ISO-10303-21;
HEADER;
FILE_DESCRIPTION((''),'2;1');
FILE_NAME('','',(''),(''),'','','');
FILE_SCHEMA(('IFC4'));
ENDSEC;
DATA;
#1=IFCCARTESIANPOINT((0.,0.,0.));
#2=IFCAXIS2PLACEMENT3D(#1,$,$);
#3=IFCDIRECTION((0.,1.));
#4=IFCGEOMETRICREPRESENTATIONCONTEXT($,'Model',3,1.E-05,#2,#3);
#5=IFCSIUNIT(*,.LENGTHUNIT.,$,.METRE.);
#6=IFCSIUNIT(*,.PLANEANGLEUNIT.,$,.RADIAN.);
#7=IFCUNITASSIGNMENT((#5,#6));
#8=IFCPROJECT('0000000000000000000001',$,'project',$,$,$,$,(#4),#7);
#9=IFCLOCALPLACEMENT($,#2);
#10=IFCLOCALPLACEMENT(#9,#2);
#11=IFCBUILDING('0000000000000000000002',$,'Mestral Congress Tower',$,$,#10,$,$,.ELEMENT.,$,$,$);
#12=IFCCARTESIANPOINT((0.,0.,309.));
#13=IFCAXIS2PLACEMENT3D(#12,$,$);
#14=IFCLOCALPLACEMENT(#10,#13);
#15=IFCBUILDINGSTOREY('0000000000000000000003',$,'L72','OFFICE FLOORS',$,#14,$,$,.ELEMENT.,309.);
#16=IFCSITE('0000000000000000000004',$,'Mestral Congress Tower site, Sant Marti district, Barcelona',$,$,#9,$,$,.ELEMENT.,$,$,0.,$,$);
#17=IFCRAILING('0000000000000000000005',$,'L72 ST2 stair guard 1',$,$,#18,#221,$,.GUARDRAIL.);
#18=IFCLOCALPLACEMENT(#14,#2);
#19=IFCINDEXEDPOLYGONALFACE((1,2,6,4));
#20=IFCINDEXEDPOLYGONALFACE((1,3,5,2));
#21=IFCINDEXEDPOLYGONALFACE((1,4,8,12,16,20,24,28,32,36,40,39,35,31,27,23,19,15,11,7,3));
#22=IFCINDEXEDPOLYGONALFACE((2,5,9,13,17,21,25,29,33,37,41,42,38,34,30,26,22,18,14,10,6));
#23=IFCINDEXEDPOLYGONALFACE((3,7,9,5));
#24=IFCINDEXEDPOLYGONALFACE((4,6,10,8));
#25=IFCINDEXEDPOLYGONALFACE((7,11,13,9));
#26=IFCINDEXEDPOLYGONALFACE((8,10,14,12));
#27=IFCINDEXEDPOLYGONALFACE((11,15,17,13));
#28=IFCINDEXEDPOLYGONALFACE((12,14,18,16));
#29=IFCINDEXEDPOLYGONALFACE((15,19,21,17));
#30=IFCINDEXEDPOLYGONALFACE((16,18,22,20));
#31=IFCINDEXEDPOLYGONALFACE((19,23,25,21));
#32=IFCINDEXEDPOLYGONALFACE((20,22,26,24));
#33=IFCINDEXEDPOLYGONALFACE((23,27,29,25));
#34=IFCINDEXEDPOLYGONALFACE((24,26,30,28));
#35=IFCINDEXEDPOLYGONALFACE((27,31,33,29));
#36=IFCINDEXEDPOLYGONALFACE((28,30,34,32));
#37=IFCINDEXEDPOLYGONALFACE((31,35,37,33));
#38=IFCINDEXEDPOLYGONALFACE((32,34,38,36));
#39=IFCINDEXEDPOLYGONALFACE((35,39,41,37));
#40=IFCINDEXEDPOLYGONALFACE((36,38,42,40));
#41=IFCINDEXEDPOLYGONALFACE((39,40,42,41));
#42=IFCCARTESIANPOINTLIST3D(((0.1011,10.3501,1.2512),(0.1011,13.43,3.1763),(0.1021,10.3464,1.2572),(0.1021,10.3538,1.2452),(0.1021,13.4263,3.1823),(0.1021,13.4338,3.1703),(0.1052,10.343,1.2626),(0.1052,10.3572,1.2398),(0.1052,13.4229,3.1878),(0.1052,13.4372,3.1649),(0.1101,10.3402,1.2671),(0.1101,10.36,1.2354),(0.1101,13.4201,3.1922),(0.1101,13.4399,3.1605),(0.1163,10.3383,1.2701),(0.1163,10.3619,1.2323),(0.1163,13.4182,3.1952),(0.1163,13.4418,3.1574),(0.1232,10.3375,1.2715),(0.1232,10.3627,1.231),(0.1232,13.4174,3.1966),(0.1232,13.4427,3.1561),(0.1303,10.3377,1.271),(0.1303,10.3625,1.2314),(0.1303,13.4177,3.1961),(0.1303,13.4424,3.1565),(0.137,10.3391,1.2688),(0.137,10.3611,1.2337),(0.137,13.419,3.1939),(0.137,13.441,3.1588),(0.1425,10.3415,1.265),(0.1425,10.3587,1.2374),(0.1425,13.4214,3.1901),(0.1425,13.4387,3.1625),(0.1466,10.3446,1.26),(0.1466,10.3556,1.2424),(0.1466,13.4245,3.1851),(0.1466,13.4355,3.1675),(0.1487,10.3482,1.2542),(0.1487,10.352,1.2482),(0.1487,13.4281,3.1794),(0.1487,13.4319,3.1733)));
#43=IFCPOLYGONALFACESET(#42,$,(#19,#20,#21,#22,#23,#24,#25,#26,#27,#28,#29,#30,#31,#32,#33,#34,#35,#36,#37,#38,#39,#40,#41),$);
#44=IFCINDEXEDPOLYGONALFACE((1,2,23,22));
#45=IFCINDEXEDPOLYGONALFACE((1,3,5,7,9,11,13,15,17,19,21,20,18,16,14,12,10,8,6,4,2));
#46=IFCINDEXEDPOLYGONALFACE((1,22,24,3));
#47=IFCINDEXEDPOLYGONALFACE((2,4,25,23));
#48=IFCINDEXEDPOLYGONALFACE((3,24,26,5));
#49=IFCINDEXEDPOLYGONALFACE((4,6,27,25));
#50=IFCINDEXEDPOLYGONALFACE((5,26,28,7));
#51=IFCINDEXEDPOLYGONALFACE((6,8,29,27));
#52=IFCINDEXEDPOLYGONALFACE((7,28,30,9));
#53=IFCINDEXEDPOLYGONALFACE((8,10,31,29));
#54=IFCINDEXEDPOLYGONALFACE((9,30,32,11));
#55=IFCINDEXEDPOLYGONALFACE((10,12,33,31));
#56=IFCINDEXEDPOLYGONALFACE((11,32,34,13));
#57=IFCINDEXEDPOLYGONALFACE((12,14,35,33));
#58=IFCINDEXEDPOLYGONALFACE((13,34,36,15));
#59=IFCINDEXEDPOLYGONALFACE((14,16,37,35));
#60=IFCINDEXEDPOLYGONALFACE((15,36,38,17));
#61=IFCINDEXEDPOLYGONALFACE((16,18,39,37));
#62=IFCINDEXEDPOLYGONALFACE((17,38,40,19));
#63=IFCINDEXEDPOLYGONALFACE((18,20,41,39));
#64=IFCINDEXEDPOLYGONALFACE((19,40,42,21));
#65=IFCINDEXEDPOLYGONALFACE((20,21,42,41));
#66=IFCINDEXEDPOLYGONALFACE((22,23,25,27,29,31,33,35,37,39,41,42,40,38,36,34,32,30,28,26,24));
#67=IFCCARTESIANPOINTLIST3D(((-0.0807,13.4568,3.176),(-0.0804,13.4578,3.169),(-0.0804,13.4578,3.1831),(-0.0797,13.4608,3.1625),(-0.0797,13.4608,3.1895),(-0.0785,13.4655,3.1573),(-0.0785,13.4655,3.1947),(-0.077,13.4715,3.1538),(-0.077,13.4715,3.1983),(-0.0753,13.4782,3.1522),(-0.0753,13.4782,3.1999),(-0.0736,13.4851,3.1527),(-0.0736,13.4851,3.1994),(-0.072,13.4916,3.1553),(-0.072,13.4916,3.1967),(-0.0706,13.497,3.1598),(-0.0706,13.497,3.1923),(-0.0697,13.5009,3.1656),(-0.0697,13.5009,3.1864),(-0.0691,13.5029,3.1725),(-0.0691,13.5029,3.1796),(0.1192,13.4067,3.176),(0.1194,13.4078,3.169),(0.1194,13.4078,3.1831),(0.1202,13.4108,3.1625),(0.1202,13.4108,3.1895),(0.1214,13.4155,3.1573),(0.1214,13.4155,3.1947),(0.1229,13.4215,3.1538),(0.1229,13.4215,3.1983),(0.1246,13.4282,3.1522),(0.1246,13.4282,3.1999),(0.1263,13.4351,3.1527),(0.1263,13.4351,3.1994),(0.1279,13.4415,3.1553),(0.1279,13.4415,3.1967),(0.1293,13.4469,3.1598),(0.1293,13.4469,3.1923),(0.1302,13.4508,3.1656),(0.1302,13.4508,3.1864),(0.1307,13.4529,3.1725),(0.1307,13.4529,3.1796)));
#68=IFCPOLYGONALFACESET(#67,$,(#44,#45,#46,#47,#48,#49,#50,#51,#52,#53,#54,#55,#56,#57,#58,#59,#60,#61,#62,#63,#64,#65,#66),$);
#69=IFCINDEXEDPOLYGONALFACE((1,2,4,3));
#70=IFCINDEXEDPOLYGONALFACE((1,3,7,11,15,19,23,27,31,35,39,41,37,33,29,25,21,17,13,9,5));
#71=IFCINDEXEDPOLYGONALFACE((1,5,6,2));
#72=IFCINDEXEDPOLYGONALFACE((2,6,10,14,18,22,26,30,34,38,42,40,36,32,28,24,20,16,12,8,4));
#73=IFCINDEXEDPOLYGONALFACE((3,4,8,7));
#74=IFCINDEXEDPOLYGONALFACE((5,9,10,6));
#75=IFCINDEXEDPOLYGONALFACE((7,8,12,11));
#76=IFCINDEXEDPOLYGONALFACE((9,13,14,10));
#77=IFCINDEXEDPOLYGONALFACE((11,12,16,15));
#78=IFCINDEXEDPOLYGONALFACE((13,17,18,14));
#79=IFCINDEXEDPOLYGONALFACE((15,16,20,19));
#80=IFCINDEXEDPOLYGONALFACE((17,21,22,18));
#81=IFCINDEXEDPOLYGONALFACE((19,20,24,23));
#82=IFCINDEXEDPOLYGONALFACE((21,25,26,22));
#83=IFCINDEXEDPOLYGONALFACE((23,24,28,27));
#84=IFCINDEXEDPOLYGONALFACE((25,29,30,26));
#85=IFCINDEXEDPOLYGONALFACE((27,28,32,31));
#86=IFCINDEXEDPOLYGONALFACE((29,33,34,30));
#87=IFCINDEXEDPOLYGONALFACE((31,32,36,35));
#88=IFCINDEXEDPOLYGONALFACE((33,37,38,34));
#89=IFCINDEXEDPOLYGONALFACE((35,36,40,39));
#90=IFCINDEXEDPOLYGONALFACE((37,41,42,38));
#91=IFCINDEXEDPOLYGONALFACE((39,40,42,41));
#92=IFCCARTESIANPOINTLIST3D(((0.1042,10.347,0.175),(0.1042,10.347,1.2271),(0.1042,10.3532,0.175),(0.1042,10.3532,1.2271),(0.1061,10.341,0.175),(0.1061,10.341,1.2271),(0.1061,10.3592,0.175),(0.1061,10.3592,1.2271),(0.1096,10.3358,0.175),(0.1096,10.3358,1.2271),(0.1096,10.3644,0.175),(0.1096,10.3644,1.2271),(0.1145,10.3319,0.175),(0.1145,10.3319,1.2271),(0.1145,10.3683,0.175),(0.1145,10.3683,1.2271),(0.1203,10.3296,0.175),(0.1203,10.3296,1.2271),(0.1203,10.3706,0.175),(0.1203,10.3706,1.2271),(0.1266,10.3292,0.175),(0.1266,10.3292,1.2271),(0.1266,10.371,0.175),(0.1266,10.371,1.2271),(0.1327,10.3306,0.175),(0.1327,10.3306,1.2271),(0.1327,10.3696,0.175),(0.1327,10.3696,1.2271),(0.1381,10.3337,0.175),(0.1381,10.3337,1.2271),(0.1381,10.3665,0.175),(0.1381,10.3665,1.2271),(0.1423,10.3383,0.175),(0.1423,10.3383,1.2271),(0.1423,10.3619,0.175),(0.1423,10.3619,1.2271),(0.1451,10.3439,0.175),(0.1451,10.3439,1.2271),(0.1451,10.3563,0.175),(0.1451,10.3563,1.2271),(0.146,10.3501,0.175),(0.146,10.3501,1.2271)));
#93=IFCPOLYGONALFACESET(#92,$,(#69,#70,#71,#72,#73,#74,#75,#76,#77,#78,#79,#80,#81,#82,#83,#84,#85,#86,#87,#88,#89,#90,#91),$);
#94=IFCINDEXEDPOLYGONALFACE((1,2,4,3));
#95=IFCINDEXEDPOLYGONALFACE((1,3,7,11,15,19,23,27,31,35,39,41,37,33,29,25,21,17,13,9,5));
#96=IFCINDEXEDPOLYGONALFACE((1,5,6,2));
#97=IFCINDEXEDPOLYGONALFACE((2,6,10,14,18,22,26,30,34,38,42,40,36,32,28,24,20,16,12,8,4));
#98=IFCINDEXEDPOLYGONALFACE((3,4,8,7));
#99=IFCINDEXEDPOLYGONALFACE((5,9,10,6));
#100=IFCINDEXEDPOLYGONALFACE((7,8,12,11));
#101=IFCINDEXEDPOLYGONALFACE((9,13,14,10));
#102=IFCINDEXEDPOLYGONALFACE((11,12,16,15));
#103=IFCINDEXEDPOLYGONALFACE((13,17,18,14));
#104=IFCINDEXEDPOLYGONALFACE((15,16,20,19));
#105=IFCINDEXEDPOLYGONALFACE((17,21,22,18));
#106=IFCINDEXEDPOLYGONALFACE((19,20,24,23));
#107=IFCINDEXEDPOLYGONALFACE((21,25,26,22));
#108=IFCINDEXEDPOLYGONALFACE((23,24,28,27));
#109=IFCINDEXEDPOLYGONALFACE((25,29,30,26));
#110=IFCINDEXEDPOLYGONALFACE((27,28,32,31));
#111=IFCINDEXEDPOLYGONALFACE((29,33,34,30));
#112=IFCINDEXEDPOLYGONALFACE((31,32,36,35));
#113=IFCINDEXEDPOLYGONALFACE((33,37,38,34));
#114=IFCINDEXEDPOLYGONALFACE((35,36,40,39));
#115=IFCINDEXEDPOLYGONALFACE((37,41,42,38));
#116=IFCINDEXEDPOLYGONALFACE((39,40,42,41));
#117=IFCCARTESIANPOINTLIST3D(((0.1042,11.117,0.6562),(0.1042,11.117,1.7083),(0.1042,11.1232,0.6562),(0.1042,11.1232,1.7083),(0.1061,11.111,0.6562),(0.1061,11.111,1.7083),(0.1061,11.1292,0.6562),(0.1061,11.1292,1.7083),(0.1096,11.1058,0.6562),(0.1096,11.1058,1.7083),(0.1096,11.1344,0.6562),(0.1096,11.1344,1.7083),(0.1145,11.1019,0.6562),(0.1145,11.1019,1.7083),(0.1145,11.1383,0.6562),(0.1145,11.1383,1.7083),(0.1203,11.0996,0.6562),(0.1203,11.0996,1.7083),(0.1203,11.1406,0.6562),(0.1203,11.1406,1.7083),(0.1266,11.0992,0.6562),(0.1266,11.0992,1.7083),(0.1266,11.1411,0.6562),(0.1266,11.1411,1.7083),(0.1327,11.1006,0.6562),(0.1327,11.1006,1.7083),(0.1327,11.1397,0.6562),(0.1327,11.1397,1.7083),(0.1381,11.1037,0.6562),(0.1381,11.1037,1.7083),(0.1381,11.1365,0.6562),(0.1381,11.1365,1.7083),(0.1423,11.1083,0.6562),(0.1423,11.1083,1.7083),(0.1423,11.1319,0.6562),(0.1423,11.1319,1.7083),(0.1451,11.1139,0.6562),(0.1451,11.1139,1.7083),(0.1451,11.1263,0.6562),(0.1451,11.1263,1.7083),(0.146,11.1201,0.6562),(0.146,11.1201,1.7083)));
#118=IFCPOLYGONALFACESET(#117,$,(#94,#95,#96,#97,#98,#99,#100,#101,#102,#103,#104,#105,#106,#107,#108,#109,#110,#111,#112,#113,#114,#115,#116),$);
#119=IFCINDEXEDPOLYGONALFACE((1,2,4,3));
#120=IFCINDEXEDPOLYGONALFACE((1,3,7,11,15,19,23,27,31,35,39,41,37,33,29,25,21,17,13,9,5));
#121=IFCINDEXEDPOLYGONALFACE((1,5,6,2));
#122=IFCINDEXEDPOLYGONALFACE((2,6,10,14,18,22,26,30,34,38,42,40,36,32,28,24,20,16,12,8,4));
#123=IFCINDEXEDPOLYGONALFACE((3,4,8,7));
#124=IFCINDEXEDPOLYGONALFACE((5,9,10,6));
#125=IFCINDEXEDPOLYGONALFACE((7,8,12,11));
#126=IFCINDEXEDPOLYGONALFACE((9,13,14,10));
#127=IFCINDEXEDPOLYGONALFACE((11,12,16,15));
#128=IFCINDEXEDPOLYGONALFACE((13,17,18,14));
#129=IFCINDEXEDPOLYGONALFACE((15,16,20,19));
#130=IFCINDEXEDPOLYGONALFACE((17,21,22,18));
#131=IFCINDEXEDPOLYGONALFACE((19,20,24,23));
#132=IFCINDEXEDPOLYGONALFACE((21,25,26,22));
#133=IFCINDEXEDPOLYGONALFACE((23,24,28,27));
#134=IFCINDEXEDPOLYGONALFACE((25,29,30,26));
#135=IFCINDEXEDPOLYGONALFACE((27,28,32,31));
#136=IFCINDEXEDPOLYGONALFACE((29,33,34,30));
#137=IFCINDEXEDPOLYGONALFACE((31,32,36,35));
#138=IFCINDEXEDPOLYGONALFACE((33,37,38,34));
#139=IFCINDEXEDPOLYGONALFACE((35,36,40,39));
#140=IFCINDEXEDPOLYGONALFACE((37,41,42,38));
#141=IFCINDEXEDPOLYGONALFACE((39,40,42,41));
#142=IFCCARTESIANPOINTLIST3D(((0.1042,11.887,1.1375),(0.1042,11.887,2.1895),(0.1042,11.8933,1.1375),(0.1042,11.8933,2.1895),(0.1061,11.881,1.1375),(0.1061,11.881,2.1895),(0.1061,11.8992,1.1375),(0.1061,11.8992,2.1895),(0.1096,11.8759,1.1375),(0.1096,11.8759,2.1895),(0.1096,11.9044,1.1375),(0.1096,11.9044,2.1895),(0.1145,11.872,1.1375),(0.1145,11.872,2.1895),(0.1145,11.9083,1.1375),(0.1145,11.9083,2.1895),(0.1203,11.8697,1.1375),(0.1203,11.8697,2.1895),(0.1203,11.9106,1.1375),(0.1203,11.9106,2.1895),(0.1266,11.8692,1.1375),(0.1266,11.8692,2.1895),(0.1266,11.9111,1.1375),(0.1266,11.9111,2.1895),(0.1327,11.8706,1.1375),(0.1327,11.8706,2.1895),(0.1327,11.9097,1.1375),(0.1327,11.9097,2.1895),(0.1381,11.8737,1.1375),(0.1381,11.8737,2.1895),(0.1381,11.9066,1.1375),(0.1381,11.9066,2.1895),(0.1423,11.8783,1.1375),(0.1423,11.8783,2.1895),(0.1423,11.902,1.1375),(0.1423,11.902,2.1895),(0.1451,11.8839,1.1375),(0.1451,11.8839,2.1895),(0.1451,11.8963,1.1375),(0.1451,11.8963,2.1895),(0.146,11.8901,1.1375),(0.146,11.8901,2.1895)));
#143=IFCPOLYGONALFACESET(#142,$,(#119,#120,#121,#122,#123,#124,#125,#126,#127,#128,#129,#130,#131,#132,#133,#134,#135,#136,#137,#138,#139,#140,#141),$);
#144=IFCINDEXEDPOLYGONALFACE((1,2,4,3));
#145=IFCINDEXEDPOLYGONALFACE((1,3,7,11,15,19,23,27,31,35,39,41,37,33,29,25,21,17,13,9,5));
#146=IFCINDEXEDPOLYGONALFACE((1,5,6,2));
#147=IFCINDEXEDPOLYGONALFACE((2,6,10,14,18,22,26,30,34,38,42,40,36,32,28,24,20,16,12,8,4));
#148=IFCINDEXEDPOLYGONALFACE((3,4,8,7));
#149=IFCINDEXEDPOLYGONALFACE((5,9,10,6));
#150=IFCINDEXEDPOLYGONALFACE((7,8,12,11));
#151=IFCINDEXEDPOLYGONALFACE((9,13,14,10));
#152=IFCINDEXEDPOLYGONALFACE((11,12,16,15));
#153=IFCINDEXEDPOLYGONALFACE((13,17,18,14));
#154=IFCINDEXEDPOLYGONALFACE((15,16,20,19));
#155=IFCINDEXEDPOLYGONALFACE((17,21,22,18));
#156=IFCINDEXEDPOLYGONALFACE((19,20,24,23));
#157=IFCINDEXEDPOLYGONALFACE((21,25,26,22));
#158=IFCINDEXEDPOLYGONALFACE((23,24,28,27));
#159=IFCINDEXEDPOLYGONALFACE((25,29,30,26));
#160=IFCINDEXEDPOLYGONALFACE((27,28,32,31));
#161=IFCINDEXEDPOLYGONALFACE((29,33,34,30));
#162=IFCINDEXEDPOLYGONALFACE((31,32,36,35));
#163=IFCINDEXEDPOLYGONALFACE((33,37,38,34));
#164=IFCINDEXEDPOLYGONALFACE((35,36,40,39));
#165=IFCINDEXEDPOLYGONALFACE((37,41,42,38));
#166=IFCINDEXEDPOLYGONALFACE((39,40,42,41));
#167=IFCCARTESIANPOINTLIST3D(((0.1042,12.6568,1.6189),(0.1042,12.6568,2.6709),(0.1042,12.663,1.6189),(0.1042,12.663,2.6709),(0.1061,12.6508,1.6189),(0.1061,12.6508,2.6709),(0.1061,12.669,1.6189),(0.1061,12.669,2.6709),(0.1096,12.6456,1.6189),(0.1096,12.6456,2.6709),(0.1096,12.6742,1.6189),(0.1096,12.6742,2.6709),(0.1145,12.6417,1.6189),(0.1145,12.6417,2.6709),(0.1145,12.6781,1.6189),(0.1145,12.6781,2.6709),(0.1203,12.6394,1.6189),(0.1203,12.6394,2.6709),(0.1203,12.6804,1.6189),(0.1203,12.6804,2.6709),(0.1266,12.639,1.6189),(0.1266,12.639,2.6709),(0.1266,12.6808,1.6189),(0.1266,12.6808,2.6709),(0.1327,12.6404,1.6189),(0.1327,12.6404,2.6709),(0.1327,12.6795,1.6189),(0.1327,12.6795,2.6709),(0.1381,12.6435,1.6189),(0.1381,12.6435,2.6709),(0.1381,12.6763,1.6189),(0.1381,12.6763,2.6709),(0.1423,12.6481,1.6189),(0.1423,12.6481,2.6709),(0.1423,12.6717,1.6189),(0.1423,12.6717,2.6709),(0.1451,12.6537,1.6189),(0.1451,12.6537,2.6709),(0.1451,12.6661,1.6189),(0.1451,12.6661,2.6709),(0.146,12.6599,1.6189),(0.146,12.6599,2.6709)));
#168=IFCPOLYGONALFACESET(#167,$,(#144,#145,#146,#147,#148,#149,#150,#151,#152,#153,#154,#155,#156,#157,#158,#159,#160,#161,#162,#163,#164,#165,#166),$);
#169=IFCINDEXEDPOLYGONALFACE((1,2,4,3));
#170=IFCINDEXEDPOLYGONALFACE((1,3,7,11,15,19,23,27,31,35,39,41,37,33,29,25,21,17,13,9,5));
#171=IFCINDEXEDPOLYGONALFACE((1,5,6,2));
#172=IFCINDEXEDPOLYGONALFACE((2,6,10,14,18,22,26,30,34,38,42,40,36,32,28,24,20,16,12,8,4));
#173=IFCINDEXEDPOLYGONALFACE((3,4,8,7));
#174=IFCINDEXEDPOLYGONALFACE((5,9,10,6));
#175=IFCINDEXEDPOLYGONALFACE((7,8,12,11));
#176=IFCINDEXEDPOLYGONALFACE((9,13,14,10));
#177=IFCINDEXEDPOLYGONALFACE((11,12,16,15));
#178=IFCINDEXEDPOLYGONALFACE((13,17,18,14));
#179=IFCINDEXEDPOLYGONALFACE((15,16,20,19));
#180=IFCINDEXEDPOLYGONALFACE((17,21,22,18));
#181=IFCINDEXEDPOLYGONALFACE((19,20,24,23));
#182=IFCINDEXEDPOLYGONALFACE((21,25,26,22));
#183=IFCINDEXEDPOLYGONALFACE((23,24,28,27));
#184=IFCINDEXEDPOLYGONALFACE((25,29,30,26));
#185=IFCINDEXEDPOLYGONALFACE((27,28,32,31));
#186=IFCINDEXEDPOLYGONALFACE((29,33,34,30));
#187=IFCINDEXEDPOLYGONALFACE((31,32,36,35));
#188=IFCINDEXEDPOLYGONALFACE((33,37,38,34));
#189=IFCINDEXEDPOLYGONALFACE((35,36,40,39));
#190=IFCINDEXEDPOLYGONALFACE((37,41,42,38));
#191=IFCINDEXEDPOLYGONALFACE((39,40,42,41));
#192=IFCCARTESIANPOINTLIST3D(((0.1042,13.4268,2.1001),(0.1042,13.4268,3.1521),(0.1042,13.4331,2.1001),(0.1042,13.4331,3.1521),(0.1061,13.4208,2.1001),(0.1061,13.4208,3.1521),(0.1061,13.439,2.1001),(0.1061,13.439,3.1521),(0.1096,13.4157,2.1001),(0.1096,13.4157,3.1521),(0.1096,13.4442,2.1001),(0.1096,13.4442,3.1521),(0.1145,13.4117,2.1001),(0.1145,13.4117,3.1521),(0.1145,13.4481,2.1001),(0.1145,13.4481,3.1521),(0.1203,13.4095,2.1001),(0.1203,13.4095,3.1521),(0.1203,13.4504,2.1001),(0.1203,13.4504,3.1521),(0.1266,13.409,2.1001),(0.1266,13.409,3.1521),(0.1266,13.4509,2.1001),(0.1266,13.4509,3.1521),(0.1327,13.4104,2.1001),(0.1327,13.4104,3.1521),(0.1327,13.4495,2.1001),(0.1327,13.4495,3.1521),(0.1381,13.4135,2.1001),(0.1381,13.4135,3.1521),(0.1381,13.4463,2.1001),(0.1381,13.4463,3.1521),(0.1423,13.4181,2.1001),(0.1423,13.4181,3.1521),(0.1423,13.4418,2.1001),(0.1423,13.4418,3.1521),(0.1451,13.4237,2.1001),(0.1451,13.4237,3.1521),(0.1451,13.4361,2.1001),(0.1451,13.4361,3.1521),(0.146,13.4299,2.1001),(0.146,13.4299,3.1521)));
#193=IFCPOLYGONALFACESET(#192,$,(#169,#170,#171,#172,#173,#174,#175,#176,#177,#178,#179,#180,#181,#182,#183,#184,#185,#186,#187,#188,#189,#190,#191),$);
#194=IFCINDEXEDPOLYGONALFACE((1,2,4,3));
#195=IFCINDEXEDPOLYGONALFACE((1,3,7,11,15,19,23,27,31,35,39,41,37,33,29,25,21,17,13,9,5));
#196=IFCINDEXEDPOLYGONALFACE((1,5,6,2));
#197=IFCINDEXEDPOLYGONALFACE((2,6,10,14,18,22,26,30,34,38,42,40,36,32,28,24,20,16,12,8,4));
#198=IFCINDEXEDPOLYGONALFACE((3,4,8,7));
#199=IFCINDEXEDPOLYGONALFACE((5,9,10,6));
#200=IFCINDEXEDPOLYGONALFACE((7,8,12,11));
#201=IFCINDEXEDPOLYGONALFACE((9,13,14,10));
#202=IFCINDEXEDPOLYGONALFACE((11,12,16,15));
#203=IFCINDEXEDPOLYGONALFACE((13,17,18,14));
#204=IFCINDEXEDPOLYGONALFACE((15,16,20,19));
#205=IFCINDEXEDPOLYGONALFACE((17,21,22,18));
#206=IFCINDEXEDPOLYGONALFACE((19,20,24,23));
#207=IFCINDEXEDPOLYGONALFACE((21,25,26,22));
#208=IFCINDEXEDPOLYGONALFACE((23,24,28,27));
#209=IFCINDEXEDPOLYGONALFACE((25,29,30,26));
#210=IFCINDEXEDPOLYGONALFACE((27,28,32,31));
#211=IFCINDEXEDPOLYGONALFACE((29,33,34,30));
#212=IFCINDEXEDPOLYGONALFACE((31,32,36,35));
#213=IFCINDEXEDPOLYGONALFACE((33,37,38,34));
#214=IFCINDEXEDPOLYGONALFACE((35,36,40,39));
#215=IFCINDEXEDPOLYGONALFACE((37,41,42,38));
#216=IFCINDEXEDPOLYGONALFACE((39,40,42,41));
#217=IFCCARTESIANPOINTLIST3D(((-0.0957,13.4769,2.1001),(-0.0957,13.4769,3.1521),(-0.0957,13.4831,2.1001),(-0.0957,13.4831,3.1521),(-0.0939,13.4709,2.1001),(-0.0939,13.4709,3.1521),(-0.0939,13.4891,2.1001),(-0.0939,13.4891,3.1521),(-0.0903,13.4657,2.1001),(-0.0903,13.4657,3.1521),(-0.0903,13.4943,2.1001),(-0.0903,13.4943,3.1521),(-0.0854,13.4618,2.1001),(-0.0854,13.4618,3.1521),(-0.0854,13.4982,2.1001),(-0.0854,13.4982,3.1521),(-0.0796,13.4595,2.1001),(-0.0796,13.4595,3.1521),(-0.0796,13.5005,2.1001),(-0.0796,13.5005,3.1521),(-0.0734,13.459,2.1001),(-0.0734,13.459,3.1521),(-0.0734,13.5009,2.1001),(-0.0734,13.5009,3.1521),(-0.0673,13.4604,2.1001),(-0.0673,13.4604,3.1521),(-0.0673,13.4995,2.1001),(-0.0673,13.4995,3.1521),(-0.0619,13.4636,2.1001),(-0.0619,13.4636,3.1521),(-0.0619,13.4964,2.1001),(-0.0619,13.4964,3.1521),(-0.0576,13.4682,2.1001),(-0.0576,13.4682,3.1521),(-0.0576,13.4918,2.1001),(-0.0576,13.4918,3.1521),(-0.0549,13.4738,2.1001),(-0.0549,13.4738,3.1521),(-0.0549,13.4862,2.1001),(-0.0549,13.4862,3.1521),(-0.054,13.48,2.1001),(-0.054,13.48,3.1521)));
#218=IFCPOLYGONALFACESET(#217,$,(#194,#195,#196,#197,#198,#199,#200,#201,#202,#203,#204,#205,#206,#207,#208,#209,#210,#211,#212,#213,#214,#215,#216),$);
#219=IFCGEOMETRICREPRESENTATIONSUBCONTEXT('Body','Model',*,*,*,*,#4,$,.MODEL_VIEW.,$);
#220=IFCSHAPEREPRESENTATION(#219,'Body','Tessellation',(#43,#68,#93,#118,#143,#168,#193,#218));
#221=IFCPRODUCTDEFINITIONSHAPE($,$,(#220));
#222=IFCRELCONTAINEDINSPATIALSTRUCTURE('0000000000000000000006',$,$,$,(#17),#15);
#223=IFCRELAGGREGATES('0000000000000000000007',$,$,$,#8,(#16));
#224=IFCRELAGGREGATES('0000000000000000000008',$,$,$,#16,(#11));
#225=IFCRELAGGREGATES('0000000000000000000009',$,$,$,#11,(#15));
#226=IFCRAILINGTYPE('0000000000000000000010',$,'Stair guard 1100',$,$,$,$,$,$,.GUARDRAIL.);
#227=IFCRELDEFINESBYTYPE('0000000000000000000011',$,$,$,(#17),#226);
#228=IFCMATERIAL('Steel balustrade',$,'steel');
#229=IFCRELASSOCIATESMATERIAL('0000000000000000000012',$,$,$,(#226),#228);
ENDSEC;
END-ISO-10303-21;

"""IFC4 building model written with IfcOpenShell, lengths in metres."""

from ifc_helpers import new_model, si_unit, direction, frame, origin, origin_2d, place, context, subcontext, project, spatial, circle, extrude, material, type_object, element, save


model = new_model("IFC4")

# Units and contexts
model_context = context("Model", 3, precision=1e-05, world=origin(), true_north=direction((0.0, 1.0)))
body_context = subcontext(model_context, "Body", "Model", "MODEL_VIEW")
ifc_project = project(units=[si_unit("LENGTHUNIT", "METRE"), si_unit("PLANEANGLEUNIT", "RADIAN")], contexts=[model_context])

# Site, building, storey
site_placement = place(None, origin())
site = spatial("IfcSite", under=ifc_project, at=site_placement, Name="Mestral Congress Tower site, Sant Marti district, Barcelona", CompositionType="ELEMENT", RefElevation=0.0)
building_placement = place(site_placement, origin())
building = spatial("IfcBuilding", under=site, at=building_placement, Name="Mestral Congress Tower", CompositionType="ELEMENT")
storey_placement = place(building_placement, frame((0.0, 0.0, 309.0)))
storey = spatial("IfcBuildingStorey", under=building, at=storey_placement, Name="L72", Description="OFFICE FLOORS", CompositionType="ELEMENT", Elevation=309.0)

# Railing
ifc_material_1 = material(Name="Steel balustrade", Category="steel")
railing_type_1 = type_object("IfcRailingType", Name="Stair guard 1100", PredefinedType="GUARDRAIL", material=ifc_material_1)
railing_1_placement = place(storey_placement, frame((0.125, 10.3501, 0.175)))
element("IfcRailing", 1, at=railing_1_placement, inside=storey, type_object=railing_type_1, Name="L72 ST2 stair guard 1", PredefinedType="GUARDRAIL", context=body_context, shape_type="SweptSolid", body=[
    extrude(circle(Radius=0.0239, at=origin_2d()), frame((0.0, 0.0, 1.0762), z_axis=(0.0, 0.847979, 0.530029), x_axis=(-1.0, 0.0, 0.0)), (0.0, 0.0, 1.0), 3.6321),
    extrude(circle(Radius=0.0239, at=origin_2d()), frame((0.0, 3.0798, 3.001), z_axis=(-0.970073, 0.242814, 0.0), x_axis=(-0.242814, -0.970073, 0.0)), (0.0, 0.0, 1.0), 0.2061),
    extrude(circle(Radius=0.021, at=origin_2d()), origin(), (0.0, 0.0, 1.0), 1.052),
    extrude(circle(Radius=0.021, at=origin_2d()), frame((0.0, 0.77, 0.4812)), (0.0, 0.0, 1.0), 1.052),
    extrude(circle(Radius=0.021, at=origin_2d()), frame((0.0, 1.54, 0.9624)), (0.0, 0.0, 1.0), 1.052),
    extrude(circle(Radius=0.021, at=origin_2d()), frame((0.0, 2.3098, 1.4438)), (0.0, 0.0, 1.0), 1.052),
    extrude(circle(Radius=0.021, at=origin_2d()), frame((0.0, 3.0798, 1.925)), (0.0, 0.0, 1.0), 1.052),
    extrude(circle(Radius=0.021, at=origin_2d()), frame((-0.2, 3.1299, 1.925)), (0.0, 0.0, 1.0), 1.052),
])

save(model, "model.ifc")
